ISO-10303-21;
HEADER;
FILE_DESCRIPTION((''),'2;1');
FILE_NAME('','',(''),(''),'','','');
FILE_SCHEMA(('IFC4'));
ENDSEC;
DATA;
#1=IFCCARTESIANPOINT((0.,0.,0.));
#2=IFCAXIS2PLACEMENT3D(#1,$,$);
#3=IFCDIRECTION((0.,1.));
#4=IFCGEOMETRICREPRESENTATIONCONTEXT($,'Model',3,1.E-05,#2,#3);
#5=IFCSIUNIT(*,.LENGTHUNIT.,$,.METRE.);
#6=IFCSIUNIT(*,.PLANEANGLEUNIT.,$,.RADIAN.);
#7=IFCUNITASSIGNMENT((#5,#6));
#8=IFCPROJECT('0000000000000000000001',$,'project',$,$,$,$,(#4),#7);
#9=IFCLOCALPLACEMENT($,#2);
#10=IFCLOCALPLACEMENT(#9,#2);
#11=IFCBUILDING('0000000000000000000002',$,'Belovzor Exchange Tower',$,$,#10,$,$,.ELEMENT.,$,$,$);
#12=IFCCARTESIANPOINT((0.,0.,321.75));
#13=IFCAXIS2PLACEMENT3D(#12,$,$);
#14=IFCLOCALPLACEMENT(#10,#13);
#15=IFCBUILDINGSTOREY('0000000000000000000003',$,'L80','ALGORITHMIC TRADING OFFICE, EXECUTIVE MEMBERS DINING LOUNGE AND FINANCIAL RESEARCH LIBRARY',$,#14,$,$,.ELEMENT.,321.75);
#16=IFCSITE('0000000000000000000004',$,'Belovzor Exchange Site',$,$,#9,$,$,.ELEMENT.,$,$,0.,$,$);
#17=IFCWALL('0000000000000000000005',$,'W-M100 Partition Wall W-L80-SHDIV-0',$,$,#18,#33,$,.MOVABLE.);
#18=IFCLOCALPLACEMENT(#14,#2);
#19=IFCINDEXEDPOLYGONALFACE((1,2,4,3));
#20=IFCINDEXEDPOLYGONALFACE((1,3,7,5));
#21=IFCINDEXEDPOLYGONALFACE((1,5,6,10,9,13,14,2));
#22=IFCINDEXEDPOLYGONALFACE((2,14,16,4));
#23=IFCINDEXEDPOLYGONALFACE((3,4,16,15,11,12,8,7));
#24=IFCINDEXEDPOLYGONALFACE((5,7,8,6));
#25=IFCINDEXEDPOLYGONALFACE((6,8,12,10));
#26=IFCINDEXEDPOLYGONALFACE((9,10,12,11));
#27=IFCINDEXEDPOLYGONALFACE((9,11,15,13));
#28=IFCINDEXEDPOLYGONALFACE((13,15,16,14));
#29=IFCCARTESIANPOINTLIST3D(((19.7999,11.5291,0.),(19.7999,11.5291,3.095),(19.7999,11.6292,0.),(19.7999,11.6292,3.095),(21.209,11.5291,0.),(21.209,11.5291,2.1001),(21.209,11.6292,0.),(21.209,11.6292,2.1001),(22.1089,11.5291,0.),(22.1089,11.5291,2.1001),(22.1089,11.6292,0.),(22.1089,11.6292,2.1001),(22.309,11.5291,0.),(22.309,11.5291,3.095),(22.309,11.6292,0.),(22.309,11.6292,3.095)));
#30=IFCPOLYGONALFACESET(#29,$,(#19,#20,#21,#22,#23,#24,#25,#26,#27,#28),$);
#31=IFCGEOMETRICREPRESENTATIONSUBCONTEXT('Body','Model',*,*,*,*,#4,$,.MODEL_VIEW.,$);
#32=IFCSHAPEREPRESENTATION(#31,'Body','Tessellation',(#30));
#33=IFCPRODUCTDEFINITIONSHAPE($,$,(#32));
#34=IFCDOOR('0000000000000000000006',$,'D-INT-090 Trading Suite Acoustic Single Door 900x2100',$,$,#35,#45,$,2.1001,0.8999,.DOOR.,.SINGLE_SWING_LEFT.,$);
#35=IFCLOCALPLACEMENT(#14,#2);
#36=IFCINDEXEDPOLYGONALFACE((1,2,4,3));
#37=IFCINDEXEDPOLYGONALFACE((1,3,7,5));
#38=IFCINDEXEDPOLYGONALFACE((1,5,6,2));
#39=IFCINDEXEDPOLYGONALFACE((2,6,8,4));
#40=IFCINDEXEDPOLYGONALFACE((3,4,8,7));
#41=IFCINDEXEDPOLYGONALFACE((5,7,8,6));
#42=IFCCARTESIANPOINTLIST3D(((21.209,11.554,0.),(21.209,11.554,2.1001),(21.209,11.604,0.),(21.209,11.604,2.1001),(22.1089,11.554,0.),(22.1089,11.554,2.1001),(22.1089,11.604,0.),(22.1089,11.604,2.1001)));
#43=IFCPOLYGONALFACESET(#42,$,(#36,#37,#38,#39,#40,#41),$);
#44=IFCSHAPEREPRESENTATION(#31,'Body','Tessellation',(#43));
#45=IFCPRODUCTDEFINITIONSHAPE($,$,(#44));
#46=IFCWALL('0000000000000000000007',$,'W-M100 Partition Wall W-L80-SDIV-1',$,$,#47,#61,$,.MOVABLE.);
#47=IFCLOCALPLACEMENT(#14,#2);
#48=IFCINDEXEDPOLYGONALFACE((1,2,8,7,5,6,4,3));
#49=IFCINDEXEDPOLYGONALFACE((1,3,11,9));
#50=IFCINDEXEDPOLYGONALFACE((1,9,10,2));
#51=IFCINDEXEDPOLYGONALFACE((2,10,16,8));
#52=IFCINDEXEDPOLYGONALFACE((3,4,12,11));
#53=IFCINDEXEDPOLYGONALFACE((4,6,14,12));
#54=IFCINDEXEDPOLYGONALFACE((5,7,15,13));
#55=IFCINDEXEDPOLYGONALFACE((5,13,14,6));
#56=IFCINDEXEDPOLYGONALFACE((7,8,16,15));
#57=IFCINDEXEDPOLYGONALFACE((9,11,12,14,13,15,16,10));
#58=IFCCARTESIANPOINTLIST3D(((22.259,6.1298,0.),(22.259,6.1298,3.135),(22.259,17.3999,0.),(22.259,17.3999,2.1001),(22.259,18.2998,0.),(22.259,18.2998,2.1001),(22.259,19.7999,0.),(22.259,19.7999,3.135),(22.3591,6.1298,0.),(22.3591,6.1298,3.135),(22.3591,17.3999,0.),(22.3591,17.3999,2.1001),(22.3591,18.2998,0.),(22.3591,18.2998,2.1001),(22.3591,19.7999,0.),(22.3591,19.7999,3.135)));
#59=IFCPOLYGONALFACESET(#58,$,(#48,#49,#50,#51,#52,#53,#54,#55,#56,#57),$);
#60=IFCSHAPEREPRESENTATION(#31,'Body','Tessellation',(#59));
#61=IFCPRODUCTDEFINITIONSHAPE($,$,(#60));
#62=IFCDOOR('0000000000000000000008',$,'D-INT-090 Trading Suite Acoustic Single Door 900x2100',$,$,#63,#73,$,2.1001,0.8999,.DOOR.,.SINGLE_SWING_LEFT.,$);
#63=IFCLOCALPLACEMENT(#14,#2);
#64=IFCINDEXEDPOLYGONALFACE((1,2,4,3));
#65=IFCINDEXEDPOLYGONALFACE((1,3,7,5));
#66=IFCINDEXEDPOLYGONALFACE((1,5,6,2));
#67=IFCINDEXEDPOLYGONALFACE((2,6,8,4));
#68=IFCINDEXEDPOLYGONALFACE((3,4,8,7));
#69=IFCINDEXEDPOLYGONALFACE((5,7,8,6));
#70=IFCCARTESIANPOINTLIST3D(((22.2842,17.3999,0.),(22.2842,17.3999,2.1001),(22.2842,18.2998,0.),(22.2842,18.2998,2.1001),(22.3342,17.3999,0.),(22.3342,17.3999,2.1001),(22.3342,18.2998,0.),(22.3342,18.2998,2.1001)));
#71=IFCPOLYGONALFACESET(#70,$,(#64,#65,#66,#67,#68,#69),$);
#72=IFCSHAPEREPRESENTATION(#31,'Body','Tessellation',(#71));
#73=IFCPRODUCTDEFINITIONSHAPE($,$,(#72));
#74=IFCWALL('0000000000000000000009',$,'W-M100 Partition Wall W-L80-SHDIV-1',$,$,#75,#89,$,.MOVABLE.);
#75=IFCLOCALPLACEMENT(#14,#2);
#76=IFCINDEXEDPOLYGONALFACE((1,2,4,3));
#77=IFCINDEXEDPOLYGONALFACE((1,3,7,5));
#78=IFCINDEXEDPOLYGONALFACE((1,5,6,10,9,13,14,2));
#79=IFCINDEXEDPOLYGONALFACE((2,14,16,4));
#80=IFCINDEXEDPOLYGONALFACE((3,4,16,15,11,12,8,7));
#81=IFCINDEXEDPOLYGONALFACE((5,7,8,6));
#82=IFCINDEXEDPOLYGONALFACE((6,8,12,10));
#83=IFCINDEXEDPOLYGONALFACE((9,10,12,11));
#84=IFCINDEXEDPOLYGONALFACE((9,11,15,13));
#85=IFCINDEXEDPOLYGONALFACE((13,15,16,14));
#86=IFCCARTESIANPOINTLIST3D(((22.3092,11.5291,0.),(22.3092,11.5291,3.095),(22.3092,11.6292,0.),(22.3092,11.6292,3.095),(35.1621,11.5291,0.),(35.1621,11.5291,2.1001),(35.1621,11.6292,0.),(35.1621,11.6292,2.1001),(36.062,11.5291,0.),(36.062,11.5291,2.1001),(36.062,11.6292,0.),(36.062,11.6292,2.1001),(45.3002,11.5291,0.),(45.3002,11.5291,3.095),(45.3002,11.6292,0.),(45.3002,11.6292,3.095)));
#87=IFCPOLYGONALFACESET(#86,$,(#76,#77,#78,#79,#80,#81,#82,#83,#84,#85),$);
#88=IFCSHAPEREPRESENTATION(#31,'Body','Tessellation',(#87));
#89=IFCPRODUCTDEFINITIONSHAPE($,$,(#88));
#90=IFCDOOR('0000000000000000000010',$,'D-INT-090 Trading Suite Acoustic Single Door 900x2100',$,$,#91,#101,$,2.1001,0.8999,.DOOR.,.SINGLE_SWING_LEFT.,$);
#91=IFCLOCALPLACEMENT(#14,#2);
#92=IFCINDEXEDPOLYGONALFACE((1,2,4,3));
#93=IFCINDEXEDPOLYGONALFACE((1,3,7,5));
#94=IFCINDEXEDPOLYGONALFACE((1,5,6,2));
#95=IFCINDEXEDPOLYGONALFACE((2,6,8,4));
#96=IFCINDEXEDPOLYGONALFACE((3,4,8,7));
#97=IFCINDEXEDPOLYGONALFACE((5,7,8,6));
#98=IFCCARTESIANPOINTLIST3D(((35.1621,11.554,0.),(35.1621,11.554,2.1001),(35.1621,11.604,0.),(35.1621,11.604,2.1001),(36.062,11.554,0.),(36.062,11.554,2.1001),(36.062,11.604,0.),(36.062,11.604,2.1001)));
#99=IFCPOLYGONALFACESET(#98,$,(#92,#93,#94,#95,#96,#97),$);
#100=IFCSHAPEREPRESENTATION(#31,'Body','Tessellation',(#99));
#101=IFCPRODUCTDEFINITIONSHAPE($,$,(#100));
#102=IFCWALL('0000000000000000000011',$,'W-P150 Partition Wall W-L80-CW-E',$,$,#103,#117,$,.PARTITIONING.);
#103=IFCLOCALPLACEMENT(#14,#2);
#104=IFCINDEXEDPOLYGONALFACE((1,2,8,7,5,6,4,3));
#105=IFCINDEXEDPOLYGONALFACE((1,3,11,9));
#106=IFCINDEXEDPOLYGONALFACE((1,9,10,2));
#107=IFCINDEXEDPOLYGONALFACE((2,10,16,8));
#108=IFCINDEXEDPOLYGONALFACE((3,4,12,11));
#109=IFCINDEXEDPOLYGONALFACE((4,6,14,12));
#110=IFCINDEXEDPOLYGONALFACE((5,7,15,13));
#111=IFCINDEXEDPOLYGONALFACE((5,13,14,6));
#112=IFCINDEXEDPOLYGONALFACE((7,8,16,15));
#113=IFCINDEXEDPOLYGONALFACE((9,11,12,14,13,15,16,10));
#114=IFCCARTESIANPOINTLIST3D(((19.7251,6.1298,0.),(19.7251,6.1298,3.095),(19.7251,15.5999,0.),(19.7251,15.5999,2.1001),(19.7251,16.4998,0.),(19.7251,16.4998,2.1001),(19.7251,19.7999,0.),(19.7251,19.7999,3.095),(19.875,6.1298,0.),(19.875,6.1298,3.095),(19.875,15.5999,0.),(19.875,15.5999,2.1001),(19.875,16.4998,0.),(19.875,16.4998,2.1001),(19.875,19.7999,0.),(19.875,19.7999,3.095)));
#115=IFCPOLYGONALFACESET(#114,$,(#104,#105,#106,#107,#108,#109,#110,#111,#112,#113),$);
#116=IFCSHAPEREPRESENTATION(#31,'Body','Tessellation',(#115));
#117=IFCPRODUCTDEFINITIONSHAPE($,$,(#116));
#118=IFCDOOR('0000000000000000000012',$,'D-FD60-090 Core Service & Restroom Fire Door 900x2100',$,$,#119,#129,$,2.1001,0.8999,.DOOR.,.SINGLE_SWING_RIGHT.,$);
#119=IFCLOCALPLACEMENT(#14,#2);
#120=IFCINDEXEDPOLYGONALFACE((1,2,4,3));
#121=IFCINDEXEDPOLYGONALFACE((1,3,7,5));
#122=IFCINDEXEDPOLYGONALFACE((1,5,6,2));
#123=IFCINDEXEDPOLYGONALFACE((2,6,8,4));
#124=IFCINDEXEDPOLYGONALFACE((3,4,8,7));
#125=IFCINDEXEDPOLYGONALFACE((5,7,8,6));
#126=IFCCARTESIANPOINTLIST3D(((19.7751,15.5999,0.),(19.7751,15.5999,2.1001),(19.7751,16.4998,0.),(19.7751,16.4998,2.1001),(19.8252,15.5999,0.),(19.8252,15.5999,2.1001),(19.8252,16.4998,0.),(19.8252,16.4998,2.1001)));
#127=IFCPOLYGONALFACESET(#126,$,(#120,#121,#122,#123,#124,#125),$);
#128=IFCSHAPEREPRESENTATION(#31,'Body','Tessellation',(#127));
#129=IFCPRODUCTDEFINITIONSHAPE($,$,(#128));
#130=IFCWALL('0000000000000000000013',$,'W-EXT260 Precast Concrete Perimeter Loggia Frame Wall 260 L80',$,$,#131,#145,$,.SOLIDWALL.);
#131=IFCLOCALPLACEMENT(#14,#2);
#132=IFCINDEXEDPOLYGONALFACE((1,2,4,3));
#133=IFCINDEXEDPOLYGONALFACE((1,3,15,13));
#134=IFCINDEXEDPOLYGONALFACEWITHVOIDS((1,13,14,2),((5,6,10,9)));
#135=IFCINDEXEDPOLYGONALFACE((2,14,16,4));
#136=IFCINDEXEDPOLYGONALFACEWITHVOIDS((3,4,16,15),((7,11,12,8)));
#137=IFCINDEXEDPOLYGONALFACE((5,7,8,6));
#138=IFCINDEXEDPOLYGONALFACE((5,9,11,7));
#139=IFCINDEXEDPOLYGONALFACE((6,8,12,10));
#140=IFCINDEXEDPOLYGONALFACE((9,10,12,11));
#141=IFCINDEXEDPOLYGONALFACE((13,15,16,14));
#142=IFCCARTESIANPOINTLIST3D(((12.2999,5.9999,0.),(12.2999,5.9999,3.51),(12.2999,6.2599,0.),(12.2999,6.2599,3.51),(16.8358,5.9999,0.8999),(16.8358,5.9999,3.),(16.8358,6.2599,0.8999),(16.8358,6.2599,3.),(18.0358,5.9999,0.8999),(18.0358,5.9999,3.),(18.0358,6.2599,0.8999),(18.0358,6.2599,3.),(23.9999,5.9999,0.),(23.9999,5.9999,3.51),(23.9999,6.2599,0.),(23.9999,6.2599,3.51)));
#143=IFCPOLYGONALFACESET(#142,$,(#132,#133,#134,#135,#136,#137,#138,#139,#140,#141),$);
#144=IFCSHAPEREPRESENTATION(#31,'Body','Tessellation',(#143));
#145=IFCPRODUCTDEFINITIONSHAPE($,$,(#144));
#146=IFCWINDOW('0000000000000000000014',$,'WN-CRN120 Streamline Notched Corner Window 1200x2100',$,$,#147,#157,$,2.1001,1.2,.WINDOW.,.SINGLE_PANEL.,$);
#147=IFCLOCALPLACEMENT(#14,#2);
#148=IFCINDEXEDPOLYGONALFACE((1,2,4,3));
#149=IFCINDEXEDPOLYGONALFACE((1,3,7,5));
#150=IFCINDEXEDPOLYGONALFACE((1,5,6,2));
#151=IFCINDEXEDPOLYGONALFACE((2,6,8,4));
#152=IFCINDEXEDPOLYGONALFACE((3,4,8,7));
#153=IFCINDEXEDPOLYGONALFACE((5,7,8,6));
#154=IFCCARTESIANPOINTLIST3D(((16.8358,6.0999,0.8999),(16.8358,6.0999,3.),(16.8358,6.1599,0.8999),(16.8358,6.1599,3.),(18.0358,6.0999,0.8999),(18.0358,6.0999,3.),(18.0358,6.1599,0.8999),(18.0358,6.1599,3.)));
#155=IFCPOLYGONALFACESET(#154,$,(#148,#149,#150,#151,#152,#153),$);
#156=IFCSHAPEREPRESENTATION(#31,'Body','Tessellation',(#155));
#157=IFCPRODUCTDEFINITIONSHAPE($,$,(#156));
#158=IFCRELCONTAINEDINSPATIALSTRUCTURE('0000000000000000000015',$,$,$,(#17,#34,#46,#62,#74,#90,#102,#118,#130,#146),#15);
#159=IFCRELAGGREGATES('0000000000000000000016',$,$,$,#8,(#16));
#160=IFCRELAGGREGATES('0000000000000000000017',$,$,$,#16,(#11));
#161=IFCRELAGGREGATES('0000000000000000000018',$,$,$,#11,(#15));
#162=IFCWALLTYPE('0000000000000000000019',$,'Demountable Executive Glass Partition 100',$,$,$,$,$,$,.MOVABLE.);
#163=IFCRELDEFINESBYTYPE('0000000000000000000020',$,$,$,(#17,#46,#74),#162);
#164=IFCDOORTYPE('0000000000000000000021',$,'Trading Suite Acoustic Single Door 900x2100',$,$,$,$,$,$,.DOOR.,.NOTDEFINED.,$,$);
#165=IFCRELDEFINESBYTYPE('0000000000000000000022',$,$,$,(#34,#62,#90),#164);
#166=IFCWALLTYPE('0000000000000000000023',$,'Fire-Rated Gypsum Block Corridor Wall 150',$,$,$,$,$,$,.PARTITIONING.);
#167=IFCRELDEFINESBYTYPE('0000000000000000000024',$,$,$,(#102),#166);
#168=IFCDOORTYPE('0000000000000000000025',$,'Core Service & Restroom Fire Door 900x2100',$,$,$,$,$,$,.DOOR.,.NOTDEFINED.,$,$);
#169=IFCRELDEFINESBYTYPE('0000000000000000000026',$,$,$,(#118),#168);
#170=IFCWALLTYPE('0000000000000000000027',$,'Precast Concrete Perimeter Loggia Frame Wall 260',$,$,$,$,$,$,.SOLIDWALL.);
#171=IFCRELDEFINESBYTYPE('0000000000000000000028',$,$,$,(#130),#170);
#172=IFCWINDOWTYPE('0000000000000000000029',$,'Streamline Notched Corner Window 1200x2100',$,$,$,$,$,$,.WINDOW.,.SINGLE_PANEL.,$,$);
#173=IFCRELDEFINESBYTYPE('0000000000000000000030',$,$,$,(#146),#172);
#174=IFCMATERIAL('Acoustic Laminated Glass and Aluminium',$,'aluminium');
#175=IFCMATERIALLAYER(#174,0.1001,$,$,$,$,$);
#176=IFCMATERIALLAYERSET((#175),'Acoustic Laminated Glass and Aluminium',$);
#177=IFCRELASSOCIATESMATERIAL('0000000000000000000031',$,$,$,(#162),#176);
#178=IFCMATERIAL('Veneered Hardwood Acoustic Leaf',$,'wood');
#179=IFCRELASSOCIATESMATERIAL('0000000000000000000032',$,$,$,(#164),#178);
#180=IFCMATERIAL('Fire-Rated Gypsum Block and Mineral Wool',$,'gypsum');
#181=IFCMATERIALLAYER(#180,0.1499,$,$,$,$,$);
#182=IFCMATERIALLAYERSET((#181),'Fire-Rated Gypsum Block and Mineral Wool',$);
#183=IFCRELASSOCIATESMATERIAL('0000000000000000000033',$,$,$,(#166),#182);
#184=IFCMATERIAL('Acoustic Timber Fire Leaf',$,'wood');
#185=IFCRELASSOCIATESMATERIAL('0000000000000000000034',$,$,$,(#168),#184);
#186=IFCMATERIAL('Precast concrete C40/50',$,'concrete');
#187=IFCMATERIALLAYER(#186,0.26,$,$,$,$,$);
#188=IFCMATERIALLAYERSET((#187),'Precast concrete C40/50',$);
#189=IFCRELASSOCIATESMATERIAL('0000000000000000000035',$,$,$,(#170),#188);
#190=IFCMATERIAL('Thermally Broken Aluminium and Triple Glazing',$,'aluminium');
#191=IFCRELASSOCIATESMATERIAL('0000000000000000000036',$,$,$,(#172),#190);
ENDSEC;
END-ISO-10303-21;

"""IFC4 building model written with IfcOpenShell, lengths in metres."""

from ifc_helpers import new_model, si_unit, direction, frame, frame_2d, origin, place, context, subcontext, project, spatial, rectangle, extrude, material, layer, layer_set, type_object, element, fill, save


model = new_model("IFC4")

# Units and contexts
model_context = context("Model", 3, precision=1e-05, world=origin(), true_north=direction((0.0, 1.0)))
body_context = subcontext(model_context, "Body", "Model", "MODEL_VIEW")
ifc_project = project(units=[si_unit("LENGTHUNIT", "METRE"), si_unit("PLANEANGLEUNIT", "RADIAN")], contexts=[model_context])

# Site, building, storey
site_placement = place(None, origin())
site = spatial("IfcSite", under=ifc_project, at=site_placement, Name="Belovzor Exchange Site", CompositionType="ELEMENT", RefElevation=0.0)
building_placement = place(site_placement, origin())
building = spatial("IfcBuilding", under=site, at=building_placement, Name="Belovzor Exchange Tower", CompositionType="ELEMENT")
storey_placement = place(building_placement, frame((0.0, 0.0, 321.75)))
storey = spatial("IfcBuildingStorey", under=building, at=storey_placement, Name="L80", Description="ALGORITHMIC TRADING OFFICE, EXECUTIVE MEMBERS DINING LOUNGE AND FINANCIAL RESEARCH LIBRARY", CompositionType="ELEMENT", Elevation=321.75)

# Walls, openings, doors
ifc_material_1 = material(Name="Acoustic Laminated Glass and Aluminium", Category="aluminium")
ifc_layer_1 = layer(ifc_material_1, 0.1001)
ifc_layer_set_1 = layer_set([ifc_layer_1], Name="Acoustic Laminated Glass and Aluminium")
wall_type_1 = type_object("IfcWallType", Name="Demountable Executive Glass Partition 100", PredefinedType="MOVABLE", material=ifc_layer_set_1)
wall_1_placement = place(storey_placement, frame((19.8, 11.5791, 0.0), z_axis=(0.0, 0.0, 1.0), x_axis=(1.0, 0.0, 0.0)))
wall_1 = element("IfcWall", 1, at=wall_1_placement, inside=storey, type_object=wall_type_1, Name="W-M100 Partition Wall W-L80-SHDIV-0", PredefinedType="MOVABLE", context=body_context, shape_type="SweptSolid", body=[
    extrude(rectangle(XDim=2.509, YDim=0.1001, at=frame_2d((1.2544, 0.0))), origin(), (0.0, 0.0, 1.0), 3.095),
])
opening_1_placement = place(wall_1_placement, frame((1.4089, 0.0, 0.0)))
opening_1 = element("IfcOpeningElement", 2, at=opening_1_placement, cuts=wall_1, PredefinedType="OPENING", context=body_context, shape_type="SweptSolid", body=[
    extrude(rectangle(XDim=0.8999, YDim=2.1001, at=frame_2d((0.45, 1.05))), frame((0.0, 0.0601, 0.0), z_axis=(0.0, -1.0, 0.0), x_axis=(1.0, 0.0, 0.0)), (0.0, 0.0, 1.0), 0.1201),
])
ifc_material_2 = material(Name="Veneered Hardwood Acoustic Leaf", Category="wood")
door_type_1 = type_object("IfcDoorType", Name="Trading Suite Acoustic Single Door 900x2100", OperationType="NOTDEFINED", PredefinedType="DOOR", material=ifc_material_2)
door_1_placement = place(opening_1_placement, origin())
door_1 = element("IfcDoor", 3, at=door_1_placement, inside=storey, type_object=door_type_1, Name="D-INT-090 Trading Suite Acoustic Single Door 900x2100", OperationType="SINGLE_SWING_LEFT", OverallHeight=2.1001, OverallWidth=0.8999, PredefinedType="DOOR", context=body_context, shape_type="SweptSolid", body=[
    extrude(rectangle(XDim=0.8999, YDim=2.1001, at=frame_2d((0.45, 1.05))), frame((0.0, 0.0249, 0.0), z_axis=(0.0, -1.0, 0.0), x_axis=(1.0, 0.0, 0.0)), (0.0, 0.0, 1.0), 0.05),
])
fill(opening_1, door_1)
wall_2_placement = place(storey_placement, frame((22.3091, 6.1299, 0.0), z_axis=(0.0, 0.0, 1.0), x_axis=(0.0, 1.0, 0.0)))
wall_2 = element("IfcWall", 4, at=wall_2_placement, inside=storey, type_object=wall_type_1, Name="W-M100 Partition Wall W-L80-SDIV-1", PredefinedType="MOVABLE", context=body_context, shape_type="SweptSolid", body=[
    extrude(rectangle(XDim=13.6702, YDim=0.1001, at=frame_2d((6.835, 0.0))), origin(), (0.0, 0.0, 1.0), 3.135),
])
opening_2_placement = place(wall_2_placement, frame((11.27, 0.0, 0.0)))
opening_2 = element("IfcOpeningElement", 5, at=opening_2_placement, cuts=wall_2, PredefinedType="OPENING", context=body_context, shape_type="SweptSolid", body=[
    extrude(rectangle(XDim=0.8999, YDim=2.1001, at=frame_2d((0.45, 1.05))), frame((0.0, 0.0601, 0.0), z_axis=(0.0, -1.0, 0.0), x_axis=(1.0, 0.0, 0.0)), (0.0, 0.0, 1.0), 0.1201),
])
door_2_placement = place(opening_2_placement, origin())
door_2 = element("IfcDoor", 6, at=door_2_placement, inside=storey, type_object=door_type_1, Name="D-INT-090 Trading Suite Acoustic Single Door 900x2100", OperationType="SINGLE_SWING_LEFT", OverallHeight=2.1001, OverallWidth=0.8999, PredefinedType="DOOR", context=body_context, shape_type="SweptSolid", body=[
    extrude(rectangle(XDim=0.8999, YDim=2.1001, at=frame_2d((0.45, 1.05))), frame((0.0, 0.0249, 0.0), z_axis=(0.0, -1.0, 0.0), x_axis=(1.0, 0.0, 0.0)), (0.0, 0.0, 1.0), 0.05),
])
fill(opening_2, door_2)
wall_3_placement = place(storey_placement, frame((22.3091, 11.5791, 0.0), z_axis=(0.0, 0.0, 1.0), x_axis=(1.0, 0.0, 0.0)))
wall_3 = element("IfcWall", 7, at=wall_3_placement, inside=storey, type_object=wall_type_1, Name="W-M100 Partition Wall W-L80-SHDIV-1", PredefinedType="MOVABLE", context=body_context, shape_type="SweptSolid", body=[
    extrude(rectangle(XDim=22.991, YDim=0.1001, at=frame_2d((11.4956, 0.0))), origin(), (0.0, 0.0, 1.0), 3.095),
])
opening_3_placement = place(wall_3_placement, frame((12.853, 0.0, 0.0)))
opening_3 = element("IfcOpeningElement", 8, at=opening_3_placement, cuts=wall_3, PredefinedType="OPENING", context=body_context, shape_type="SweptSolid", body=[
    extrude(rectangle(XDim=0.8999, YDim=2.1001, at=frame_2d((0.45, 1.05))), frame((0.0, 0.0601, 0.0), z_axis=(0.0, -1.0, 0.0), x_axis=(1.0, 0.0, 0.0)), (0.0, 0.0, 1.0), 0.1201),
])
door_3_placement = place(opening_3_placement, origin())
door_3 = element("IfcDoor", 9, at=door_3_placement, inside=storey, type_object=door_type_1, Name="D-INT-090 Trading Suite Acoustic Single Door 900x2100", OperationType="SINGLE_SWING_LEFT", OverallHeight=2.1001, OverallWidth=0.8999, PredefinedType="DOOR", context=body_context, shape_type="SweptSolid", body=[
    extrude(rectangle(XDim=0.8999, YDim=2.1001, at=frame_2d((0.45, 1.05))), frame((0.0, 0.0249, 0.0), z_axis=(0.0, -1.0, 0.0), x_axis=(1.0, 0.0, 0.0)), (0.0, 0.0, 1.0), 0.05),
])
fill(opening_3, door_3)
ifc_material_3 = material(Name="Fire-Rated Gypsum Block and Mineral Wool", Category="gypsum")
ifc_layer_2 = layer(ifc_material_3, 0.1499)
ifc_layer_set_2 = layer_set([ifc_layer_2], Name="Fire-Rated Gypsum Block and Mineral Wool")
wall_type_2 = type_object("IfcWallType", Name="Fire-Rated Gypsum Block Corridor Wall 150", PredefinedType="PARTITIONING", material=ifc_layer_set_2)
wall_4_placement = place(storey_placement, frame((19.8, 6.1299, 0.0), z_axis=(0.0, 0.0, 1.0), x_axis=(0.0, 1.0, 0.0)))
wall_4 = element("IfcWall", 10, at=wall_4_placement, inside=storey, type_object=wall_type_2, Name="W-P150 Partition Wall W-L80-CW-E", PredefinedType="PARTITIONING", context=body_context, shape_type="SweptSolid", body=[
    extrude(rectangle(XDim=13.6702, YDim=0.1499, at=frame_2d((6.835, 0.0))), origin(), (0.0, 0.0, 1.0), 3.095),
])
opening_4_placement = place(wall_4_placement, frame((9.47, 0.0, 0.0)))
opening_4 = element("IfcOpeningElement", 11, at=opening_4_placement, cuts=wall_4, PredefinedType="OPENING", context=body_context, shape_type="SweptSolid", body=[
    extrude(rectangle(XDim=0.8999, YDim=2.1001, at=frame_2d((0.45, 1.05))), frame((0.0, 0.085, 0.0), z_axis=(0.0, -1.0, 0.0), x_axis=(1.0, 0.0, 0.0)), (0.0, 0.0, 1.0), 0.1699),
])
ifc_material_4 = material(Name="Acoustic Timber Fire Leaf", Category="wood")
door_type_2 = type_object("IfcDoorType", Name="Core Service & Restroom Fire Door 900x2100", OperationType="NOTDEFINED", PredefinedType="DOOR", material=ifc_material_4)
door_4_placement = place(opening_4_placement, origin())
door_4 = element("IfcDoor", 12, at=door_4_placement, inside=storey, type_object=door_type_2, Name="D-FD60-090 Core Service & Restroom Fire Door 900x2100", OperationType="SINGLE_SWING_RIGHT", OverallHeight=2.1001, OverallWidth=0.8999, PredefinedType="DOOR", context=body_context, shape_type="SweptSolid", body=[
    extrude(rectangle(XDim=0.8999, YDim=2.1001, at=frame_2d((0.45, 1.05))), frame((0.0, 0.0249, 0.0), z_axis=(0.0, -1.0, 0.0), x_axis=(1.0, 0.0, 0.0)), (0.0, 0.0, 1.0), 0.05),
])
fill(opening_4, door_4)

# Wall, opening, window
ifc_material_5 = material(Name="Precast concrete C40/50", Category="concrete")
ifc_layer_3 = layer(ifc_material_5, 0.26)
ifc_layer_set_3 = layer_set([ifc_layer_3], Name="Precast concrete C40/50")
wall_type_3 = type_object("IfcWallType", Name="Precast Concrete Perimeter Loggia Frame Wall 260", PredefinedType="SOLIDWALL", material=ifc_layer_set_3)
wall_5_placement = place(storey_placement, frame((24.0, 6.1299, 0.0), z_axis=(0.0, 0.0, 1.0), x_axis=(-1.0, 0.0, 0.0)))
wall_5 = element("IfcWall", 13, at=wall_5_placement, inside=storey, type_object=wall_type_3, Name="W-EXT260 Precast Concrete Perimeter Loggia Frame Wall 260 L80", PredefinedType="SOLIDWALL", context=body_context, shape_type="SweptSolid", body=[
    extrude(rectangle(XDim=11.7, YDim=0.26, at=frame_2d((5.8501, 0.0))), origin(), (0.0, 0.0, 1.0), 3.51),
])
opening_5_placement = place(wall_5_placement, frame((5.9641, 0.0, 0.8999)))
opening_5 = element("IfcOpeningElement", 14, at=opening_5_placement, cuts=wall_5, PredefinedType="OPENING", context=body_context, shape_type="SweptSolid", body=[
    extrude(rectangle(XDim=1.2, YDim=2.1001, at=frame_2d((0.6001, 1.05))), frame((0.0, 0.1399, 0.0), z_axis=(0.0, -1.0, 0.0), x_axis=(1.0, 0.0, 0.0)), (0.0, 0.0, 1.0), 0.28),
])
ifc_material_6 = material(Name="Thermally Broken Aluminium and Triple Glazing", Category="aluminium")
window_type = type_object("IfcWindowType", Name="Streamline Notched Corner Window 1200x2100", PartitioningType="SINGLE_PANEL", PredefinedType="WINDOW", material=ifc_material_6)
window_placement = place(opening_5_placement, origin())
window = element("IfcWindow", 15, at=window_placement, inside=storey, type_object=window_type, Name="WN-CRN120 Streamline Notched Corner Window 1200x2100", OverallHeight=2.1001, OverallWidth=1.2, PartitioningType="SINGLE_PANEL", PredefinedType="WINDOW", context=body_context, shape_type="SweptSolid", body=[
    extrude(rectangle(XDim=1.2, YDim=2.1001, at=frame_2d((0.6001, 1.05))), frame((0.0, 0.03, 0.0), z_axis=(0.0, -1.0, 0.0), x_axis=(1.0, 0.0, 0.0)), (0.0, 0.0, 1.0), 0.0601),
])
fill(opening_5, window)

save(model, "model.ifc")
